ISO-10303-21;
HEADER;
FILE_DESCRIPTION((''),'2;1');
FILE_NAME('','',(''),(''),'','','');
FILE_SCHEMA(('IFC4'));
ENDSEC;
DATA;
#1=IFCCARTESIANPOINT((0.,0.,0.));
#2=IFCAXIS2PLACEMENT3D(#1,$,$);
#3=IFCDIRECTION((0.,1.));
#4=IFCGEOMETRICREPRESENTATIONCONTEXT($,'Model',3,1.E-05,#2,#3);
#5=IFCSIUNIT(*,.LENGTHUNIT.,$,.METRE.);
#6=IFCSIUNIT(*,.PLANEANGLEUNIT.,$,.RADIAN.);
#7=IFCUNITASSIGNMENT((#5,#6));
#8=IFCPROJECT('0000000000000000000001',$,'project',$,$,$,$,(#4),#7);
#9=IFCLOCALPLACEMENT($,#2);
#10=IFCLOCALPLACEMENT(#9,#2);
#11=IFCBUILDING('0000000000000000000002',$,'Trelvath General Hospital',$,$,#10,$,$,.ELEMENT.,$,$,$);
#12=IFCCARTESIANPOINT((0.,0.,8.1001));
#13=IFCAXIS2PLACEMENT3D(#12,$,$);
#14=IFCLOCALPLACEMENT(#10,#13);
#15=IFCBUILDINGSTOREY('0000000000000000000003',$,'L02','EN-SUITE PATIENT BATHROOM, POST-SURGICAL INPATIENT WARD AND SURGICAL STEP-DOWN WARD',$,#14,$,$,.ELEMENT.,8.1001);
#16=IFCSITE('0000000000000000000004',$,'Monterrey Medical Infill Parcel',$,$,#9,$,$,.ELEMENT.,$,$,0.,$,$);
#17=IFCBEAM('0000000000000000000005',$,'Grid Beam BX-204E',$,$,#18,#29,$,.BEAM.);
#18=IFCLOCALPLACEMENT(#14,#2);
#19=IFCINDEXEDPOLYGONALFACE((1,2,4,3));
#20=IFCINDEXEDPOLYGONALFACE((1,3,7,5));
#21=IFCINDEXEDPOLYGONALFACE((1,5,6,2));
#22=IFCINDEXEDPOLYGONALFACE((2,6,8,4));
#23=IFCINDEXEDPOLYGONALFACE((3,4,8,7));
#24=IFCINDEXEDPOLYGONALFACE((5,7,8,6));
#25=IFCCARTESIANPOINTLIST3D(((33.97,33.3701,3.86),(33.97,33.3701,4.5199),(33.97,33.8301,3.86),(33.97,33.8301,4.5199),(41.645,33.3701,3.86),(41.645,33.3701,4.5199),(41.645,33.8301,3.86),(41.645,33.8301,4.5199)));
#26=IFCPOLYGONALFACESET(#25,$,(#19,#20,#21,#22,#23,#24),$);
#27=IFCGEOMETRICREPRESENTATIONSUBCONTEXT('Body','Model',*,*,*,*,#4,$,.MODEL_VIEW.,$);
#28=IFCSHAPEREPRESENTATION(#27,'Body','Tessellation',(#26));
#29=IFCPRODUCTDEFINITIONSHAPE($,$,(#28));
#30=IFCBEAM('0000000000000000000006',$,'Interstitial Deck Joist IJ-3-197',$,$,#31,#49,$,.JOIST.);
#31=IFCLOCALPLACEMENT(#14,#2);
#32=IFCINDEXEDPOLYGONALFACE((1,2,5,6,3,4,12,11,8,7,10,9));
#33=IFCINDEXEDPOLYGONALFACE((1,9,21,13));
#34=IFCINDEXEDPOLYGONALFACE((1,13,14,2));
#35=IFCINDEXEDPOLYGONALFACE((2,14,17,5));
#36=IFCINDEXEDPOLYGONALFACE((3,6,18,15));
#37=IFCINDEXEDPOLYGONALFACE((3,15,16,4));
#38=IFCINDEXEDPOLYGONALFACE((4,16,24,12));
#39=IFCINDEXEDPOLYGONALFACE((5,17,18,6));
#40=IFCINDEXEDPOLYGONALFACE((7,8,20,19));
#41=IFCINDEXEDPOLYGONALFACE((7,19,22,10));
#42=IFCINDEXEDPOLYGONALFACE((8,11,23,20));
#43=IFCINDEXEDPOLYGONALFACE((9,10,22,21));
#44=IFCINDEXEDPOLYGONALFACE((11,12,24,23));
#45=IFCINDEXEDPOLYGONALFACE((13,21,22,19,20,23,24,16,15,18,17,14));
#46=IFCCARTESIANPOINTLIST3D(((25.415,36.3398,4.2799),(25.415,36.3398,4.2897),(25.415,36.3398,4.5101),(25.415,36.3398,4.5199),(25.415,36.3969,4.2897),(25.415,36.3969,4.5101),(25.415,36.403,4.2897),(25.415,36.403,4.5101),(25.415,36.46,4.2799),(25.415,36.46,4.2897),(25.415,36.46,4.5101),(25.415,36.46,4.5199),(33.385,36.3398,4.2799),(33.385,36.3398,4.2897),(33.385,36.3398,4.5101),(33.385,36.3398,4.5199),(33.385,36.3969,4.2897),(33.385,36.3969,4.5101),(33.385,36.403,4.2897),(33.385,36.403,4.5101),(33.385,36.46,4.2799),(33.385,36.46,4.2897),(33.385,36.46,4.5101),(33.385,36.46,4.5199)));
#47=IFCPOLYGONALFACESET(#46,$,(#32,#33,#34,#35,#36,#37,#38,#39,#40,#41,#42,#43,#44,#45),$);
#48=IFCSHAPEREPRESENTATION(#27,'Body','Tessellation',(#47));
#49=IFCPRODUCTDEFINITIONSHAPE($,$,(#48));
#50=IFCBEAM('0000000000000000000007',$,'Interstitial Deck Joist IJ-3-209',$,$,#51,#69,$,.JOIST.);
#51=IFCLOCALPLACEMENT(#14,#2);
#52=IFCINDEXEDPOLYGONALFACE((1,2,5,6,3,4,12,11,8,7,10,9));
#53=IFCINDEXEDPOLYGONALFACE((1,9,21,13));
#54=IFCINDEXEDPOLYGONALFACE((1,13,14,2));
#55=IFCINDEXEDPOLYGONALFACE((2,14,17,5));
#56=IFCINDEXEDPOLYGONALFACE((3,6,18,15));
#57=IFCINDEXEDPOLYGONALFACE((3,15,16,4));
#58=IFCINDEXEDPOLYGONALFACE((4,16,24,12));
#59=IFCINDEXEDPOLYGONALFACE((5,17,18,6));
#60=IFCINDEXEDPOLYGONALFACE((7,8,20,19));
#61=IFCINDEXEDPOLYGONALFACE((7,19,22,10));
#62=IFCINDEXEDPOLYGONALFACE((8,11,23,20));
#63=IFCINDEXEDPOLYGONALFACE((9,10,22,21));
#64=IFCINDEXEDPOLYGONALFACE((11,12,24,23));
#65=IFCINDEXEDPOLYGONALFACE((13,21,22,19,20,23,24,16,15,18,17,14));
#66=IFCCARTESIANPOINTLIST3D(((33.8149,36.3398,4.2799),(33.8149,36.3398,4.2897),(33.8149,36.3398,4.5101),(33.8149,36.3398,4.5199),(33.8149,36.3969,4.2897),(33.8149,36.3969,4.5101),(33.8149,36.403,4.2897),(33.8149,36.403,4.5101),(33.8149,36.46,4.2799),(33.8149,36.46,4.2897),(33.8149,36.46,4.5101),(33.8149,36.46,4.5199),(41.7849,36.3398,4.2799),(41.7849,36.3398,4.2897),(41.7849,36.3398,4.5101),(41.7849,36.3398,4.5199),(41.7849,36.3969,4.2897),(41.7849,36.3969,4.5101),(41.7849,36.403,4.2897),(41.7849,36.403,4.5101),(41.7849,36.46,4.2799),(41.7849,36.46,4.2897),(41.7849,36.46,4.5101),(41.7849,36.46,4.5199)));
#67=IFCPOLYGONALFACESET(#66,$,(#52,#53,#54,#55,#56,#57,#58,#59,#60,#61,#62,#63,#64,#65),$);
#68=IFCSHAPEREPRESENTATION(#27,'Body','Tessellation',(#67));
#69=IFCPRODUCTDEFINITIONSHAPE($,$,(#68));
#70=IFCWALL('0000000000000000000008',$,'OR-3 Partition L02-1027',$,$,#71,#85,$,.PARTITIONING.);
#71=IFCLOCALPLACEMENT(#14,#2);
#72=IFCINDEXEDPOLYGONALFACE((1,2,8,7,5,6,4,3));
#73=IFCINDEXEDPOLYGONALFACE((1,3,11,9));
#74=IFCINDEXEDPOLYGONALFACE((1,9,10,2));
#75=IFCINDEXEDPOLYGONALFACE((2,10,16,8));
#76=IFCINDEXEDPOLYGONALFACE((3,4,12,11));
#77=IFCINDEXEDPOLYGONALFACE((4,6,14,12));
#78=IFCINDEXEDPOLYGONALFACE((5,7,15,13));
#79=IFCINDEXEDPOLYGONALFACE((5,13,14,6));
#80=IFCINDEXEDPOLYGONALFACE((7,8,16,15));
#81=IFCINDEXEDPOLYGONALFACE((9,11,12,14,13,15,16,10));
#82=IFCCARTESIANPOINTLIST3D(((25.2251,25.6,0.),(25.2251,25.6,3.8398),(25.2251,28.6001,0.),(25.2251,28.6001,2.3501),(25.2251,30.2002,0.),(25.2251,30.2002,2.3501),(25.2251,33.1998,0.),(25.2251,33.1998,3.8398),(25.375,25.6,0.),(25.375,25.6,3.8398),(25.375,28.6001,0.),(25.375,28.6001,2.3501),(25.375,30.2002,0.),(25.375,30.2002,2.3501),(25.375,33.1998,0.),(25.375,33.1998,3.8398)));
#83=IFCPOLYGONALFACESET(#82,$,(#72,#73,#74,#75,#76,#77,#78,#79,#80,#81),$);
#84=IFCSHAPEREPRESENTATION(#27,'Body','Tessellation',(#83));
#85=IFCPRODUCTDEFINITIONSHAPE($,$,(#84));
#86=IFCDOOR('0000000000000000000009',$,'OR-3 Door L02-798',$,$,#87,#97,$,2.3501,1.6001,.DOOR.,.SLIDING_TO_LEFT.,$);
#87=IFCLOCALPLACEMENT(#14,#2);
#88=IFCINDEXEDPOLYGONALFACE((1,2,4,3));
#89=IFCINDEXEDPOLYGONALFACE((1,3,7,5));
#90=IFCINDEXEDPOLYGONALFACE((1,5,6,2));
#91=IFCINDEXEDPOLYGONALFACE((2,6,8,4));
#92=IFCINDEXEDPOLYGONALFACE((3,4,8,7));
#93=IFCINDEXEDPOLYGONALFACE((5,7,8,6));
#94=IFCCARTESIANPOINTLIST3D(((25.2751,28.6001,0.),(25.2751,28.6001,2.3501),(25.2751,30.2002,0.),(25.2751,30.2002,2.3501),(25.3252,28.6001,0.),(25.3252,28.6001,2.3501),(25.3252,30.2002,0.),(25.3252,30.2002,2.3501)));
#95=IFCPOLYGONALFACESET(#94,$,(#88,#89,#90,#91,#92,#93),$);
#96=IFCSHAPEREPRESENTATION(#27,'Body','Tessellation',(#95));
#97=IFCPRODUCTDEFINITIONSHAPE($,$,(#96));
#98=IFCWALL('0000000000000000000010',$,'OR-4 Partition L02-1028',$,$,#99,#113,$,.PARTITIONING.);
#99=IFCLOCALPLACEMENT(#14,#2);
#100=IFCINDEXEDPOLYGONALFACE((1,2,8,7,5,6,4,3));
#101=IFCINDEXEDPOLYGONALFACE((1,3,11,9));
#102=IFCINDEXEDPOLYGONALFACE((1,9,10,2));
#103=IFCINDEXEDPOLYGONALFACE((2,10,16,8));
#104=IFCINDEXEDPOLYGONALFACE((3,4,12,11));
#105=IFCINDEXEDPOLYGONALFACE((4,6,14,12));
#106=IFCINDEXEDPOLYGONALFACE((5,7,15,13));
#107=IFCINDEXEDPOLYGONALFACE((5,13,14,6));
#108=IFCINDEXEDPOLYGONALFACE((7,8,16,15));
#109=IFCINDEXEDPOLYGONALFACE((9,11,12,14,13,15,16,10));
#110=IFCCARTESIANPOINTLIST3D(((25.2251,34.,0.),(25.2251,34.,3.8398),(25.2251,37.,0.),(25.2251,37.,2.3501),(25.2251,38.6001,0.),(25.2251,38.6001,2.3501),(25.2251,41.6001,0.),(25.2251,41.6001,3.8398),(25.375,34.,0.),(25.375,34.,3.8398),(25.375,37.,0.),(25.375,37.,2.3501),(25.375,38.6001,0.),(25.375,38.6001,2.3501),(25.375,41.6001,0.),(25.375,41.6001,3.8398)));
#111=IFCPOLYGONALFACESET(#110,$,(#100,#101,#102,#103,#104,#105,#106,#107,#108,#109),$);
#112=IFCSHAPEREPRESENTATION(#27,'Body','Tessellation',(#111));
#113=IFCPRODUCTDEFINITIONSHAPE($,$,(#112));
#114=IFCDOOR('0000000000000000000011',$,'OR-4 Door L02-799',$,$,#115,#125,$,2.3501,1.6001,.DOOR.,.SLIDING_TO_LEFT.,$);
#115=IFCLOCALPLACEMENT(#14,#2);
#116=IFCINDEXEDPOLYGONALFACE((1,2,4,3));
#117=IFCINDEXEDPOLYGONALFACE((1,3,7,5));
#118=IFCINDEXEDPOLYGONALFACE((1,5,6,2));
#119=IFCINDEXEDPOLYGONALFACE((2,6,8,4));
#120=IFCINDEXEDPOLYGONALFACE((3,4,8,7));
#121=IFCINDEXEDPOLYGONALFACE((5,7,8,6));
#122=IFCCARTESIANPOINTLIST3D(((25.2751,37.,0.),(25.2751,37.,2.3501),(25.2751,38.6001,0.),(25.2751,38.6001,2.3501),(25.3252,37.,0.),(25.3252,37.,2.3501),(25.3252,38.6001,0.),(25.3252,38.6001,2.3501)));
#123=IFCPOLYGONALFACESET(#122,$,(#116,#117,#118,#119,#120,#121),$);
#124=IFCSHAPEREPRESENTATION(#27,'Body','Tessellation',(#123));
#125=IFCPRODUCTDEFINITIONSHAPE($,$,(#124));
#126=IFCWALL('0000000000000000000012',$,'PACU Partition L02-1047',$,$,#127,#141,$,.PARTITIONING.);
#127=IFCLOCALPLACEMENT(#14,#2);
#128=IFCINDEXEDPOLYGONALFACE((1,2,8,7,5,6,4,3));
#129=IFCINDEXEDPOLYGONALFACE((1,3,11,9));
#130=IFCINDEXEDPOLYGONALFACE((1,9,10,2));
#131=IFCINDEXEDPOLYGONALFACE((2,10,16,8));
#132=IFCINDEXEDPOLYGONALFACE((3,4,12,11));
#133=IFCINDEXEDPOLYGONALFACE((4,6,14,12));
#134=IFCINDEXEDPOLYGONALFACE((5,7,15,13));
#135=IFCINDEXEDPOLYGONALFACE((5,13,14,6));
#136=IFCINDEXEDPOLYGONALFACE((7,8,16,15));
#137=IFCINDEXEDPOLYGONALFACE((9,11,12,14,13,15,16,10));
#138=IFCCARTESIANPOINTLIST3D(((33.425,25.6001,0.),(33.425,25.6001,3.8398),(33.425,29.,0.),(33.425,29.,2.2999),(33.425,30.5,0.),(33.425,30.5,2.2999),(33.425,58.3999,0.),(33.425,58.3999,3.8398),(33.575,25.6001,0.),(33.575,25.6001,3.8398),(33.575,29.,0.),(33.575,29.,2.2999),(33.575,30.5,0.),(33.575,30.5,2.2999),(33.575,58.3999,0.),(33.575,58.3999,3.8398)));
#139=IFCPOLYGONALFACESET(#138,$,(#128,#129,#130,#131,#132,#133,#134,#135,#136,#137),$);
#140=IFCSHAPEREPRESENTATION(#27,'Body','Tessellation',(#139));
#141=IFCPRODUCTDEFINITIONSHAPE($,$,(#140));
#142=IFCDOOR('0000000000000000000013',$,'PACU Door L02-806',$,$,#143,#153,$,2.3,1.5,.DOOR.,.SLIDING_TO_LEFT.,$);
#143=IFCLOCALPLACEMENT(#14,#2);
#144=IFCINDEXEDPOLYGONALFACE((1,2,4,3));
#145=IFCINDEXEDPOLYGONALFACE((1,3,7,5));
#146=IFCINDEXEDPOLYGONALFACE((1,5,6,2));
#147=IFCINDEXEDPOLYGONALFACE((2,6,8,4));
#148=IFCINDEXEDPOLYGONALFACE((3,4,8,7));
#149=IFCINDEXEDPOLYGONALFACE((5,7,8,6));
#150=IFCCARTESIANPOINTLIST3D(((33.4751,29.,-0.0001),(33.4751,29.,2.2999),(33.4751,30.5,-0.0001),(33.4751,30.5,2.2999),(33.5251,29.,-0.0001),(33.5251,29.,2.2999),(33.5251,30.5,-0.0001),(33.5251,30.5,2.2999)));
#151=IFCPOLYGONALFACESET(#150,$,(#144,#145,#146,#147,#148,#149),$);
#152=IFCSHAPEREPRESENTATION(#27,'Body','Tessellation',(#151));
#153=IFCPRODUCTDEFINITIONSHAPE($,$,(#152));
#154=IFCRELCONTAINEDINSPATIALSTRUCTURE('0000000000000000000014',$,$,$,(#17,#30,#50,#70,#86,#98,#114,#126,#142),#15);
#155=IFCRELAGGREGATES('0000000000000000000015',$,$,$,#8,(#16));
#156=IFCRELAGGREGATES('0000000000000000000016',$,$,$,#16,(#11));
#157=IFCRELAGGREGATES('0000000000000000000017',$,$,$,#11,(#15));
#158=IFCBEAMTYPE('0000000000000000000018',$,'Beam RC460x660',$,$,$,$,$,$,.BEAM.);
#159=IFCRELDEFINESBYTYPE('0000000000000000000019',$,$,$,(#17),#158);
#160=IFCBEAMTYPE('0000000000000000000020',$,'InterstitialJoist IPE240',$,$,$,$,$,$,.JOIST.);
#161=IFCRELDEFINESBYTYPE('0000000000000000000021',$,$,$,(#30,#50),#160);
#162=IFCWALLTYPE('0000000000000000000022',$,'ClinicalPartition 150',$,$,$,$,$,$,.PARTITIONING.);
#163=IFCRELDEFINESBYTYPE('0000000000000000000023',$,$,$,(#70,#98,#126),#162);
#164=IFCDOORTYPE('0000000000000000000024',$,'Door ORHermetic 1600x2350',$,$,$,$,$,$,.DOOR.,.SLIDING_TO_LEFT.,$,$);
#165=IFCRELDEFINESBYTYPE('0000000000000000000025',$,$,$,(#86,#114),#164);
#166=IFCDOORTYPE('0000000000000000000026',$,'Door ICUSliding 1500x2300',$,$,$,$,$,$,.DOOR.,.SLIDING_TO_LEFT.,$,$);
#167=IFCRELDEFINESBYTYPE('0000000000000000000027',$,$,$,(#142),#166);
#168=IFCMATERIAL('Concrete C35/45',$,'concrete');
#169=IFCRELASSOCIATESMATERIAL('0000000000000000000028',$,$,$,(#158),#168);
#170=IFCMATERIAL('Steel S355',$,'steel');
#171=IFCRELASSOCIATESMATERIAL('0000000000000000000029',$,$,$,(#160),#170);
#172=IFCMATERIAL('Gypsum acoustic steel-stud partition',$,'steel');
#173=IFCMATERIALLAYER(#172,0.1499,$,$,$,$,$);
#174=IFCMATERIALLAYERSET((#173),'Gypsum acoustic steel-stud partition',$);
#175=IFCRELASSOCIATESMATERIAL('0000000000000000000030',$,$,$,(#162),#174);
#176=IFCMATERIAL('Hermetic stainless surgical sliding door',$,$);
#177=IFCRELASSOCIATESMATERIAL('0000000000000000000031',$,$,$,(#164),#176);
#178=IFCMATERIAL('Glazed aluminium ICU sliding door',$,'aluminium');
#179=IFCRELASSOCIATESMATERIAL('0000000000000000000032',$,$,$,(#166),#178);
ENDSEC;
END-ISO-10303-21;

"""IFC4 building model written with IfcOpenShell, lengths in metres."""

from ifc_helpers import new_model, si_unit, direction, frame, frame_2d, origin, origin_2d, place, context, subcontext, project, spatial, rectangle, i_section, extrude, material, layer, layer_set, material_profile, profile_set, type_object, element, fill, save


model = new_model("IFC4")

# Units and contexts
model_context = context("Model", 3, precision=1e-05, world=origin(), true_north=direction((0.0, 1.0)))
body_context = subcontext(model_context, "Body", "Model", "MODEL_VIEW")
ifc_project = project(units=[si_unit("LENGTHUNIT", "METRE"), si_unit("PLANEANGLEUNIT", "RADIAN")], contexts=[model_context])

# Site, building, storey
site_placement = place(None, origin())
site = spatial("IfcSite", under=ifc_project, at=site_placement, Name="Monterrey Medical Infill Parcel", CompositionType="ELEMENT", RefElevation=0.0)
building_placement = place(site_placement, origin())
building = spatial("IfcBuilding", under=site, at=building_placement, Name="Trelvath General Hospital", CompositionType="ELEMENT")
storey_placement = place(building_placement, frame((0.0, 0.0, 8.1001)))
storey = spatial("IfcBuildingStorey", under=building, at=storey_placement, Name="L02", Description="EN-SUITE PATIENT BATHROOM, POST-SURGICAL INPATIENT WARD AND SURGICAL STEP-DOWN WARD", CompositionType="ELEMENT", Elevation=8.1001)

# Beams
ifc_material_1 = material(Name="Concrete C35/45", Category="concrete")
ifc_material_profile_1 = material_profile(ifc_material_1, rectangle(XDim=0.46, YDim=0.6599, at=origin_2d()), Name="RCB460x660")
ifc_profile_set_1 = profile_set([ifc_material_profile_1], Name="Concrete C35/45")
beam_type_1 = type_object("IfcBeamType", Name="Beam RC460x660", PredefinedType="BEAM", material=ifc_profile_set_1)
for number, where, z_axis, x_axis, name in (
    (1, (33.97, 33.6001, 4.1899), (1.0, 0.0, 0.0), (0.0, 1.0, 0.0), "Grid Beam BX-204E"),
):
    element("IfcBeam", number, at=place(storey_placement, frame(where, z_axis=z_axis, x_axis=x_axis)), inside=storey, type_object=beam_type_1, Name=name, PredefinedType="BEAM", context=body_context, shape_type="SweptSolid", body=[
        extrude(rectangle(XDim=0.46, YDim=0.6599, at=origin_2d()), origin(), (0.0, 0.0, 1.0), 7.675),
    ])
ifc_material_2 = material(Name="Steel S355", Category="steel")
ifc_material_profile_2 = material_profile(ifc_material_2, i_section(OverallWidth=0.1201, OverallDepth=0.24, WebThickness=0.0061, FlangeThickness=0.0098, at=origin_2d()), Name="IPE240")
ifc_profile_set_2 = profile_set([ifc_material_profile_2], Name="Steel S355")
beam_type_2 = type_object("IfcBeamType", Name="InterstitialJoist IPE240", PredefinedType="JOIST", material=ifc_profile_set_2)
for number, where, z_axis, x_axis, name in (
    (2, (25.415, 36.3999, 4.3999), (1.0, 0.0, 0.0), (0.0, 1.0, 0.0), "Interstitial Deck Joist IJ-3-197"),
    (3, (33.8149, 36.3999, 4.3999), (1.0, 0.0, 0.0), (0.0, 1.0, 0.0), "Interstitial Deck Joist IJ-3-209"),
):
    element("IfcBeam", number, at=place(storey_placement, frame(where, z_axis=z_axis, x_axis=x_axis)), inside=storey, type_object=beam_type_2, Name=name, PredefinedType="JOIST", context=body_context, shape_type="SweptSolid", body=[
        extrude(i_section(OverallWidth=0.1201, OverallDepth=0.24, WebThickness=0.0061, FlangeThickness=0.0098, at=origin_2d()), origin(), (0.0, 0.0, 1.0), 7.97),
    ])

# Walls, openings, doors
ifc_material_3 = material(Name="Gypsum acoustic steel-stud partition", Category="steel")
ifc_layer_1 = layer(ifc_material_3, 0.1499)
ifc_layer_set_1 = layer_set([ifc_layer_1], Name="Gypsum acoustic steel-stud partition")
wall_type_1 = type_object("IfcWallType", Name="ClinicalPartition 150", PredefinedType="PARTITIONING", material=ifc_layer_set_1)
wall_1_placement = place(storey_placement, frame((25.3, 25.6001, 0.0), z_axis=(0.0, 0.0, 1.0), x_axis=(0.0, 1.0, 0.0)))
wall_1 = element("IfcWall", 4, at=wall_1_placement, inside=storey, type_object=wall_type_1, Name="OR-3 Partition L02-1027", PredefinedType="PARTITIONING", context=body_context, shape_type="SweptSolid", body=[
    extrude(rectangle(XDim=7.5999, YDim=0.1499, at=frame_2d((3.7998, 0.0))), origin(), (0.0, 0.0, 1.0), 3.8398),
])
opening_1_placement = place(wall_1_placement, frame((3.0, 0.0, 0.0)))
opening_1 = element("IfcOpeningElement", 5, at=opening_1_placement, cuts=wall_1, PredefinedType="OPENING", context=body_context, shape_type="SweptSolid", body=[
    extrude(rectangle(XDim=1.6001, YDim=2.3501, at=frame_2d((0.8, 1.175))), frame((0.0, 0.085, 0.0), z_axis=(0.0, -1.0, 0.0), x_axis=(1.0, 0.0, 0.0)), (0.0, 0.0, 1.0), 0.1699),
])
ifc_material_4 = material(Name="Hermetic stainless surgical sliding door")
door_type_1 = type_object("IfcDoorType", Name="Door ORHermetic 1600x2350", OperationType="SLIDING_TO_LEFT", PredefinedType="DOOR", material=ifc_material_4)
door_1_placement = place(opening_1_placement, origin())
door_1 = element("IfcDoor", 6, at=door_1_placement, inside=storey, type_object=door_type_1, Name="OR-3 Door L02-798", OperationType="SLIDING_TO_LEFT", OverallHeight=2.3501, OverallWidth=1.6001, PredefinedType="DOOR", context=body_context, shape_type="SweptSolid", body=[
    extrude(rectangle(XDim=1.6001, YDim=2.3501, at=frame_2d((0.8, 1.175))), frame((0.0, 0.0249, 0.0), z_axis=(0.0, -1.0, 0.0), x_axis=(1.0, 0.0, 0.0)), (0.0, 0.0, 1.0), 0.05),
])
fill(opening_1, door_1)
wall_2_placement = place(storey_placement, frame((25.3, 34.0, 0.0), z_axis=(0.0, 0.0, 1.0), x_axis=(0.0, 1.0, 0.0)))
wall_2 = element("IfcWall", 7, at=wall_2_placement, inside=storey, type_object=wall_type_1, Name="OR-4 Partition L02-1028", PredefinedType="PARTITIONING", context=body_context, shape_type="SweptSolid", body=[
    extrude(rectangle(XDim=7.6001, YDim=0.1499, at=frame_2d((3.8, 0.0))), origin(), (0.0, 0.0, 1.0), 3.8398),
])
opening_2_placement = place(wall_2_placement, frame((3.0, 0.0, 0.0)))
opening_2 = element("IfcOpeningElement", 8, at=opening_2_placement, cuts=wall_2, PredefinedType="OPENING", context=body_context, shape_type="SweptSolid", body=[
    extrude(rectangle(XDim=1.6001, YDim=2.3501, at=frame_2d((0.8, 1.175))), frame((0.0, 0.085, 0.0), z_axis=(0.0, -1.0, 0.0), x_axis=(1.0, 0.0, 0.0)), (0.0, 0.0, 1.0), 0.1699),
])
door_2_placement = place(opening_2_placement, origin())
door_2 = element("IfcDoor", 9, at=door_2_placement, inside=storey, type_object=door_type_1, Name="OR-4 Door L02-799", OperationType="SLIDING_TO_LEFT", OverallHeight=2.3501, OverallWidth=1.6001, PredefinedType="DOOR", context=body_context, shape_type="SweptSolid", body=[
    extrude(rectangle(XDim=1.6001, YDim=2.3501, at=frame_2d((0.8, 1.175))), frame((0.0, 0.0249, 0.0), z_axis=(0.0, -1.0, 0.0), x_axis=(1.0, 0.0, 0.0)), (0.0, 0.0, 1.0), 0.05),
])
fill(opening_2, door_2)
wall_3_placement = place(storey_placement, frame((33.5, 25.6001, 0.0), z_axis=(0.0, 0.0, 1.0), x_axis=(0.0, 1.0, 0.0)))
wall_3 = element("IfcWall", 10, at=wall_3_placement, inside=storey, type_object=wall_type_1, Name="PACU Partition L02-1047", PredefinedType="PARTITIONING", context=body_context, shape_type="SweptSolid", body=[
    extrude(rectangle(XDim=32.7998, YDim=0.1499, at=frame_2d((16.3999, 0.0))), origin(), (0.0, 0.0, 1.0), 3.8398),
])
opening_3_placement = place(wall_3_placement, frame((3.3999, 0.0, 0.0)))
opening_3 = element("IfcOpeningElement", 11, at=opening_3_placement, cuts=wall_3, PredefinedType="OPENING", context=body_context, shape_type="SweptSolid", body=[
    extrude(rectangle(XDim=1.5, YDim=2.3, at=frame_2d((0.75, 1.1499))), frame((0.0, 0.085, 0.0), z_axis=(0.0, -1.0, 0.0), x_axis=(1.0, 0.0, 0.0)), (0.0, 0.0, 1.0), 0.1699),
])
ifc_material_5 = material(Name="Glazed aluminium ICU sliding door", Category="aluminium")
door_type_2 = type_object("IfcDoorType", Name="Door ICUSliding 1500x2300", OperationType="SLIDING_TO_LEFT", PredefinedType="DOOR", material=ifc_material_5)
door_3_placement = place(opening_3_placement, origin())
door_3 = element("IfcDoor", 12, at=door_3_placement, inside=storey, type_object=door_type_2, Name="PACU Door L02-806", OperationType="SLIDING_TO_LEFT", OverallHeight=2.3, OverallWidth=1.5, PredefinedType="DOOR", context=body_context, shape_type="SweptSolid", body=[
    extrude(rectangle(XDim=1.5, YDim=2.3, at=frame_2d((0.75, 1.1499))), frame((0.0, 0.0249, 0.0), z_axis=(0.0, -1.0, 0.0), x_axis=(1.0, 0.0, 0.0)), (0.0, 0.0, 1.0), 0.05),
])
fill(opening_3, door_3)

save(model, "model.ifc")
